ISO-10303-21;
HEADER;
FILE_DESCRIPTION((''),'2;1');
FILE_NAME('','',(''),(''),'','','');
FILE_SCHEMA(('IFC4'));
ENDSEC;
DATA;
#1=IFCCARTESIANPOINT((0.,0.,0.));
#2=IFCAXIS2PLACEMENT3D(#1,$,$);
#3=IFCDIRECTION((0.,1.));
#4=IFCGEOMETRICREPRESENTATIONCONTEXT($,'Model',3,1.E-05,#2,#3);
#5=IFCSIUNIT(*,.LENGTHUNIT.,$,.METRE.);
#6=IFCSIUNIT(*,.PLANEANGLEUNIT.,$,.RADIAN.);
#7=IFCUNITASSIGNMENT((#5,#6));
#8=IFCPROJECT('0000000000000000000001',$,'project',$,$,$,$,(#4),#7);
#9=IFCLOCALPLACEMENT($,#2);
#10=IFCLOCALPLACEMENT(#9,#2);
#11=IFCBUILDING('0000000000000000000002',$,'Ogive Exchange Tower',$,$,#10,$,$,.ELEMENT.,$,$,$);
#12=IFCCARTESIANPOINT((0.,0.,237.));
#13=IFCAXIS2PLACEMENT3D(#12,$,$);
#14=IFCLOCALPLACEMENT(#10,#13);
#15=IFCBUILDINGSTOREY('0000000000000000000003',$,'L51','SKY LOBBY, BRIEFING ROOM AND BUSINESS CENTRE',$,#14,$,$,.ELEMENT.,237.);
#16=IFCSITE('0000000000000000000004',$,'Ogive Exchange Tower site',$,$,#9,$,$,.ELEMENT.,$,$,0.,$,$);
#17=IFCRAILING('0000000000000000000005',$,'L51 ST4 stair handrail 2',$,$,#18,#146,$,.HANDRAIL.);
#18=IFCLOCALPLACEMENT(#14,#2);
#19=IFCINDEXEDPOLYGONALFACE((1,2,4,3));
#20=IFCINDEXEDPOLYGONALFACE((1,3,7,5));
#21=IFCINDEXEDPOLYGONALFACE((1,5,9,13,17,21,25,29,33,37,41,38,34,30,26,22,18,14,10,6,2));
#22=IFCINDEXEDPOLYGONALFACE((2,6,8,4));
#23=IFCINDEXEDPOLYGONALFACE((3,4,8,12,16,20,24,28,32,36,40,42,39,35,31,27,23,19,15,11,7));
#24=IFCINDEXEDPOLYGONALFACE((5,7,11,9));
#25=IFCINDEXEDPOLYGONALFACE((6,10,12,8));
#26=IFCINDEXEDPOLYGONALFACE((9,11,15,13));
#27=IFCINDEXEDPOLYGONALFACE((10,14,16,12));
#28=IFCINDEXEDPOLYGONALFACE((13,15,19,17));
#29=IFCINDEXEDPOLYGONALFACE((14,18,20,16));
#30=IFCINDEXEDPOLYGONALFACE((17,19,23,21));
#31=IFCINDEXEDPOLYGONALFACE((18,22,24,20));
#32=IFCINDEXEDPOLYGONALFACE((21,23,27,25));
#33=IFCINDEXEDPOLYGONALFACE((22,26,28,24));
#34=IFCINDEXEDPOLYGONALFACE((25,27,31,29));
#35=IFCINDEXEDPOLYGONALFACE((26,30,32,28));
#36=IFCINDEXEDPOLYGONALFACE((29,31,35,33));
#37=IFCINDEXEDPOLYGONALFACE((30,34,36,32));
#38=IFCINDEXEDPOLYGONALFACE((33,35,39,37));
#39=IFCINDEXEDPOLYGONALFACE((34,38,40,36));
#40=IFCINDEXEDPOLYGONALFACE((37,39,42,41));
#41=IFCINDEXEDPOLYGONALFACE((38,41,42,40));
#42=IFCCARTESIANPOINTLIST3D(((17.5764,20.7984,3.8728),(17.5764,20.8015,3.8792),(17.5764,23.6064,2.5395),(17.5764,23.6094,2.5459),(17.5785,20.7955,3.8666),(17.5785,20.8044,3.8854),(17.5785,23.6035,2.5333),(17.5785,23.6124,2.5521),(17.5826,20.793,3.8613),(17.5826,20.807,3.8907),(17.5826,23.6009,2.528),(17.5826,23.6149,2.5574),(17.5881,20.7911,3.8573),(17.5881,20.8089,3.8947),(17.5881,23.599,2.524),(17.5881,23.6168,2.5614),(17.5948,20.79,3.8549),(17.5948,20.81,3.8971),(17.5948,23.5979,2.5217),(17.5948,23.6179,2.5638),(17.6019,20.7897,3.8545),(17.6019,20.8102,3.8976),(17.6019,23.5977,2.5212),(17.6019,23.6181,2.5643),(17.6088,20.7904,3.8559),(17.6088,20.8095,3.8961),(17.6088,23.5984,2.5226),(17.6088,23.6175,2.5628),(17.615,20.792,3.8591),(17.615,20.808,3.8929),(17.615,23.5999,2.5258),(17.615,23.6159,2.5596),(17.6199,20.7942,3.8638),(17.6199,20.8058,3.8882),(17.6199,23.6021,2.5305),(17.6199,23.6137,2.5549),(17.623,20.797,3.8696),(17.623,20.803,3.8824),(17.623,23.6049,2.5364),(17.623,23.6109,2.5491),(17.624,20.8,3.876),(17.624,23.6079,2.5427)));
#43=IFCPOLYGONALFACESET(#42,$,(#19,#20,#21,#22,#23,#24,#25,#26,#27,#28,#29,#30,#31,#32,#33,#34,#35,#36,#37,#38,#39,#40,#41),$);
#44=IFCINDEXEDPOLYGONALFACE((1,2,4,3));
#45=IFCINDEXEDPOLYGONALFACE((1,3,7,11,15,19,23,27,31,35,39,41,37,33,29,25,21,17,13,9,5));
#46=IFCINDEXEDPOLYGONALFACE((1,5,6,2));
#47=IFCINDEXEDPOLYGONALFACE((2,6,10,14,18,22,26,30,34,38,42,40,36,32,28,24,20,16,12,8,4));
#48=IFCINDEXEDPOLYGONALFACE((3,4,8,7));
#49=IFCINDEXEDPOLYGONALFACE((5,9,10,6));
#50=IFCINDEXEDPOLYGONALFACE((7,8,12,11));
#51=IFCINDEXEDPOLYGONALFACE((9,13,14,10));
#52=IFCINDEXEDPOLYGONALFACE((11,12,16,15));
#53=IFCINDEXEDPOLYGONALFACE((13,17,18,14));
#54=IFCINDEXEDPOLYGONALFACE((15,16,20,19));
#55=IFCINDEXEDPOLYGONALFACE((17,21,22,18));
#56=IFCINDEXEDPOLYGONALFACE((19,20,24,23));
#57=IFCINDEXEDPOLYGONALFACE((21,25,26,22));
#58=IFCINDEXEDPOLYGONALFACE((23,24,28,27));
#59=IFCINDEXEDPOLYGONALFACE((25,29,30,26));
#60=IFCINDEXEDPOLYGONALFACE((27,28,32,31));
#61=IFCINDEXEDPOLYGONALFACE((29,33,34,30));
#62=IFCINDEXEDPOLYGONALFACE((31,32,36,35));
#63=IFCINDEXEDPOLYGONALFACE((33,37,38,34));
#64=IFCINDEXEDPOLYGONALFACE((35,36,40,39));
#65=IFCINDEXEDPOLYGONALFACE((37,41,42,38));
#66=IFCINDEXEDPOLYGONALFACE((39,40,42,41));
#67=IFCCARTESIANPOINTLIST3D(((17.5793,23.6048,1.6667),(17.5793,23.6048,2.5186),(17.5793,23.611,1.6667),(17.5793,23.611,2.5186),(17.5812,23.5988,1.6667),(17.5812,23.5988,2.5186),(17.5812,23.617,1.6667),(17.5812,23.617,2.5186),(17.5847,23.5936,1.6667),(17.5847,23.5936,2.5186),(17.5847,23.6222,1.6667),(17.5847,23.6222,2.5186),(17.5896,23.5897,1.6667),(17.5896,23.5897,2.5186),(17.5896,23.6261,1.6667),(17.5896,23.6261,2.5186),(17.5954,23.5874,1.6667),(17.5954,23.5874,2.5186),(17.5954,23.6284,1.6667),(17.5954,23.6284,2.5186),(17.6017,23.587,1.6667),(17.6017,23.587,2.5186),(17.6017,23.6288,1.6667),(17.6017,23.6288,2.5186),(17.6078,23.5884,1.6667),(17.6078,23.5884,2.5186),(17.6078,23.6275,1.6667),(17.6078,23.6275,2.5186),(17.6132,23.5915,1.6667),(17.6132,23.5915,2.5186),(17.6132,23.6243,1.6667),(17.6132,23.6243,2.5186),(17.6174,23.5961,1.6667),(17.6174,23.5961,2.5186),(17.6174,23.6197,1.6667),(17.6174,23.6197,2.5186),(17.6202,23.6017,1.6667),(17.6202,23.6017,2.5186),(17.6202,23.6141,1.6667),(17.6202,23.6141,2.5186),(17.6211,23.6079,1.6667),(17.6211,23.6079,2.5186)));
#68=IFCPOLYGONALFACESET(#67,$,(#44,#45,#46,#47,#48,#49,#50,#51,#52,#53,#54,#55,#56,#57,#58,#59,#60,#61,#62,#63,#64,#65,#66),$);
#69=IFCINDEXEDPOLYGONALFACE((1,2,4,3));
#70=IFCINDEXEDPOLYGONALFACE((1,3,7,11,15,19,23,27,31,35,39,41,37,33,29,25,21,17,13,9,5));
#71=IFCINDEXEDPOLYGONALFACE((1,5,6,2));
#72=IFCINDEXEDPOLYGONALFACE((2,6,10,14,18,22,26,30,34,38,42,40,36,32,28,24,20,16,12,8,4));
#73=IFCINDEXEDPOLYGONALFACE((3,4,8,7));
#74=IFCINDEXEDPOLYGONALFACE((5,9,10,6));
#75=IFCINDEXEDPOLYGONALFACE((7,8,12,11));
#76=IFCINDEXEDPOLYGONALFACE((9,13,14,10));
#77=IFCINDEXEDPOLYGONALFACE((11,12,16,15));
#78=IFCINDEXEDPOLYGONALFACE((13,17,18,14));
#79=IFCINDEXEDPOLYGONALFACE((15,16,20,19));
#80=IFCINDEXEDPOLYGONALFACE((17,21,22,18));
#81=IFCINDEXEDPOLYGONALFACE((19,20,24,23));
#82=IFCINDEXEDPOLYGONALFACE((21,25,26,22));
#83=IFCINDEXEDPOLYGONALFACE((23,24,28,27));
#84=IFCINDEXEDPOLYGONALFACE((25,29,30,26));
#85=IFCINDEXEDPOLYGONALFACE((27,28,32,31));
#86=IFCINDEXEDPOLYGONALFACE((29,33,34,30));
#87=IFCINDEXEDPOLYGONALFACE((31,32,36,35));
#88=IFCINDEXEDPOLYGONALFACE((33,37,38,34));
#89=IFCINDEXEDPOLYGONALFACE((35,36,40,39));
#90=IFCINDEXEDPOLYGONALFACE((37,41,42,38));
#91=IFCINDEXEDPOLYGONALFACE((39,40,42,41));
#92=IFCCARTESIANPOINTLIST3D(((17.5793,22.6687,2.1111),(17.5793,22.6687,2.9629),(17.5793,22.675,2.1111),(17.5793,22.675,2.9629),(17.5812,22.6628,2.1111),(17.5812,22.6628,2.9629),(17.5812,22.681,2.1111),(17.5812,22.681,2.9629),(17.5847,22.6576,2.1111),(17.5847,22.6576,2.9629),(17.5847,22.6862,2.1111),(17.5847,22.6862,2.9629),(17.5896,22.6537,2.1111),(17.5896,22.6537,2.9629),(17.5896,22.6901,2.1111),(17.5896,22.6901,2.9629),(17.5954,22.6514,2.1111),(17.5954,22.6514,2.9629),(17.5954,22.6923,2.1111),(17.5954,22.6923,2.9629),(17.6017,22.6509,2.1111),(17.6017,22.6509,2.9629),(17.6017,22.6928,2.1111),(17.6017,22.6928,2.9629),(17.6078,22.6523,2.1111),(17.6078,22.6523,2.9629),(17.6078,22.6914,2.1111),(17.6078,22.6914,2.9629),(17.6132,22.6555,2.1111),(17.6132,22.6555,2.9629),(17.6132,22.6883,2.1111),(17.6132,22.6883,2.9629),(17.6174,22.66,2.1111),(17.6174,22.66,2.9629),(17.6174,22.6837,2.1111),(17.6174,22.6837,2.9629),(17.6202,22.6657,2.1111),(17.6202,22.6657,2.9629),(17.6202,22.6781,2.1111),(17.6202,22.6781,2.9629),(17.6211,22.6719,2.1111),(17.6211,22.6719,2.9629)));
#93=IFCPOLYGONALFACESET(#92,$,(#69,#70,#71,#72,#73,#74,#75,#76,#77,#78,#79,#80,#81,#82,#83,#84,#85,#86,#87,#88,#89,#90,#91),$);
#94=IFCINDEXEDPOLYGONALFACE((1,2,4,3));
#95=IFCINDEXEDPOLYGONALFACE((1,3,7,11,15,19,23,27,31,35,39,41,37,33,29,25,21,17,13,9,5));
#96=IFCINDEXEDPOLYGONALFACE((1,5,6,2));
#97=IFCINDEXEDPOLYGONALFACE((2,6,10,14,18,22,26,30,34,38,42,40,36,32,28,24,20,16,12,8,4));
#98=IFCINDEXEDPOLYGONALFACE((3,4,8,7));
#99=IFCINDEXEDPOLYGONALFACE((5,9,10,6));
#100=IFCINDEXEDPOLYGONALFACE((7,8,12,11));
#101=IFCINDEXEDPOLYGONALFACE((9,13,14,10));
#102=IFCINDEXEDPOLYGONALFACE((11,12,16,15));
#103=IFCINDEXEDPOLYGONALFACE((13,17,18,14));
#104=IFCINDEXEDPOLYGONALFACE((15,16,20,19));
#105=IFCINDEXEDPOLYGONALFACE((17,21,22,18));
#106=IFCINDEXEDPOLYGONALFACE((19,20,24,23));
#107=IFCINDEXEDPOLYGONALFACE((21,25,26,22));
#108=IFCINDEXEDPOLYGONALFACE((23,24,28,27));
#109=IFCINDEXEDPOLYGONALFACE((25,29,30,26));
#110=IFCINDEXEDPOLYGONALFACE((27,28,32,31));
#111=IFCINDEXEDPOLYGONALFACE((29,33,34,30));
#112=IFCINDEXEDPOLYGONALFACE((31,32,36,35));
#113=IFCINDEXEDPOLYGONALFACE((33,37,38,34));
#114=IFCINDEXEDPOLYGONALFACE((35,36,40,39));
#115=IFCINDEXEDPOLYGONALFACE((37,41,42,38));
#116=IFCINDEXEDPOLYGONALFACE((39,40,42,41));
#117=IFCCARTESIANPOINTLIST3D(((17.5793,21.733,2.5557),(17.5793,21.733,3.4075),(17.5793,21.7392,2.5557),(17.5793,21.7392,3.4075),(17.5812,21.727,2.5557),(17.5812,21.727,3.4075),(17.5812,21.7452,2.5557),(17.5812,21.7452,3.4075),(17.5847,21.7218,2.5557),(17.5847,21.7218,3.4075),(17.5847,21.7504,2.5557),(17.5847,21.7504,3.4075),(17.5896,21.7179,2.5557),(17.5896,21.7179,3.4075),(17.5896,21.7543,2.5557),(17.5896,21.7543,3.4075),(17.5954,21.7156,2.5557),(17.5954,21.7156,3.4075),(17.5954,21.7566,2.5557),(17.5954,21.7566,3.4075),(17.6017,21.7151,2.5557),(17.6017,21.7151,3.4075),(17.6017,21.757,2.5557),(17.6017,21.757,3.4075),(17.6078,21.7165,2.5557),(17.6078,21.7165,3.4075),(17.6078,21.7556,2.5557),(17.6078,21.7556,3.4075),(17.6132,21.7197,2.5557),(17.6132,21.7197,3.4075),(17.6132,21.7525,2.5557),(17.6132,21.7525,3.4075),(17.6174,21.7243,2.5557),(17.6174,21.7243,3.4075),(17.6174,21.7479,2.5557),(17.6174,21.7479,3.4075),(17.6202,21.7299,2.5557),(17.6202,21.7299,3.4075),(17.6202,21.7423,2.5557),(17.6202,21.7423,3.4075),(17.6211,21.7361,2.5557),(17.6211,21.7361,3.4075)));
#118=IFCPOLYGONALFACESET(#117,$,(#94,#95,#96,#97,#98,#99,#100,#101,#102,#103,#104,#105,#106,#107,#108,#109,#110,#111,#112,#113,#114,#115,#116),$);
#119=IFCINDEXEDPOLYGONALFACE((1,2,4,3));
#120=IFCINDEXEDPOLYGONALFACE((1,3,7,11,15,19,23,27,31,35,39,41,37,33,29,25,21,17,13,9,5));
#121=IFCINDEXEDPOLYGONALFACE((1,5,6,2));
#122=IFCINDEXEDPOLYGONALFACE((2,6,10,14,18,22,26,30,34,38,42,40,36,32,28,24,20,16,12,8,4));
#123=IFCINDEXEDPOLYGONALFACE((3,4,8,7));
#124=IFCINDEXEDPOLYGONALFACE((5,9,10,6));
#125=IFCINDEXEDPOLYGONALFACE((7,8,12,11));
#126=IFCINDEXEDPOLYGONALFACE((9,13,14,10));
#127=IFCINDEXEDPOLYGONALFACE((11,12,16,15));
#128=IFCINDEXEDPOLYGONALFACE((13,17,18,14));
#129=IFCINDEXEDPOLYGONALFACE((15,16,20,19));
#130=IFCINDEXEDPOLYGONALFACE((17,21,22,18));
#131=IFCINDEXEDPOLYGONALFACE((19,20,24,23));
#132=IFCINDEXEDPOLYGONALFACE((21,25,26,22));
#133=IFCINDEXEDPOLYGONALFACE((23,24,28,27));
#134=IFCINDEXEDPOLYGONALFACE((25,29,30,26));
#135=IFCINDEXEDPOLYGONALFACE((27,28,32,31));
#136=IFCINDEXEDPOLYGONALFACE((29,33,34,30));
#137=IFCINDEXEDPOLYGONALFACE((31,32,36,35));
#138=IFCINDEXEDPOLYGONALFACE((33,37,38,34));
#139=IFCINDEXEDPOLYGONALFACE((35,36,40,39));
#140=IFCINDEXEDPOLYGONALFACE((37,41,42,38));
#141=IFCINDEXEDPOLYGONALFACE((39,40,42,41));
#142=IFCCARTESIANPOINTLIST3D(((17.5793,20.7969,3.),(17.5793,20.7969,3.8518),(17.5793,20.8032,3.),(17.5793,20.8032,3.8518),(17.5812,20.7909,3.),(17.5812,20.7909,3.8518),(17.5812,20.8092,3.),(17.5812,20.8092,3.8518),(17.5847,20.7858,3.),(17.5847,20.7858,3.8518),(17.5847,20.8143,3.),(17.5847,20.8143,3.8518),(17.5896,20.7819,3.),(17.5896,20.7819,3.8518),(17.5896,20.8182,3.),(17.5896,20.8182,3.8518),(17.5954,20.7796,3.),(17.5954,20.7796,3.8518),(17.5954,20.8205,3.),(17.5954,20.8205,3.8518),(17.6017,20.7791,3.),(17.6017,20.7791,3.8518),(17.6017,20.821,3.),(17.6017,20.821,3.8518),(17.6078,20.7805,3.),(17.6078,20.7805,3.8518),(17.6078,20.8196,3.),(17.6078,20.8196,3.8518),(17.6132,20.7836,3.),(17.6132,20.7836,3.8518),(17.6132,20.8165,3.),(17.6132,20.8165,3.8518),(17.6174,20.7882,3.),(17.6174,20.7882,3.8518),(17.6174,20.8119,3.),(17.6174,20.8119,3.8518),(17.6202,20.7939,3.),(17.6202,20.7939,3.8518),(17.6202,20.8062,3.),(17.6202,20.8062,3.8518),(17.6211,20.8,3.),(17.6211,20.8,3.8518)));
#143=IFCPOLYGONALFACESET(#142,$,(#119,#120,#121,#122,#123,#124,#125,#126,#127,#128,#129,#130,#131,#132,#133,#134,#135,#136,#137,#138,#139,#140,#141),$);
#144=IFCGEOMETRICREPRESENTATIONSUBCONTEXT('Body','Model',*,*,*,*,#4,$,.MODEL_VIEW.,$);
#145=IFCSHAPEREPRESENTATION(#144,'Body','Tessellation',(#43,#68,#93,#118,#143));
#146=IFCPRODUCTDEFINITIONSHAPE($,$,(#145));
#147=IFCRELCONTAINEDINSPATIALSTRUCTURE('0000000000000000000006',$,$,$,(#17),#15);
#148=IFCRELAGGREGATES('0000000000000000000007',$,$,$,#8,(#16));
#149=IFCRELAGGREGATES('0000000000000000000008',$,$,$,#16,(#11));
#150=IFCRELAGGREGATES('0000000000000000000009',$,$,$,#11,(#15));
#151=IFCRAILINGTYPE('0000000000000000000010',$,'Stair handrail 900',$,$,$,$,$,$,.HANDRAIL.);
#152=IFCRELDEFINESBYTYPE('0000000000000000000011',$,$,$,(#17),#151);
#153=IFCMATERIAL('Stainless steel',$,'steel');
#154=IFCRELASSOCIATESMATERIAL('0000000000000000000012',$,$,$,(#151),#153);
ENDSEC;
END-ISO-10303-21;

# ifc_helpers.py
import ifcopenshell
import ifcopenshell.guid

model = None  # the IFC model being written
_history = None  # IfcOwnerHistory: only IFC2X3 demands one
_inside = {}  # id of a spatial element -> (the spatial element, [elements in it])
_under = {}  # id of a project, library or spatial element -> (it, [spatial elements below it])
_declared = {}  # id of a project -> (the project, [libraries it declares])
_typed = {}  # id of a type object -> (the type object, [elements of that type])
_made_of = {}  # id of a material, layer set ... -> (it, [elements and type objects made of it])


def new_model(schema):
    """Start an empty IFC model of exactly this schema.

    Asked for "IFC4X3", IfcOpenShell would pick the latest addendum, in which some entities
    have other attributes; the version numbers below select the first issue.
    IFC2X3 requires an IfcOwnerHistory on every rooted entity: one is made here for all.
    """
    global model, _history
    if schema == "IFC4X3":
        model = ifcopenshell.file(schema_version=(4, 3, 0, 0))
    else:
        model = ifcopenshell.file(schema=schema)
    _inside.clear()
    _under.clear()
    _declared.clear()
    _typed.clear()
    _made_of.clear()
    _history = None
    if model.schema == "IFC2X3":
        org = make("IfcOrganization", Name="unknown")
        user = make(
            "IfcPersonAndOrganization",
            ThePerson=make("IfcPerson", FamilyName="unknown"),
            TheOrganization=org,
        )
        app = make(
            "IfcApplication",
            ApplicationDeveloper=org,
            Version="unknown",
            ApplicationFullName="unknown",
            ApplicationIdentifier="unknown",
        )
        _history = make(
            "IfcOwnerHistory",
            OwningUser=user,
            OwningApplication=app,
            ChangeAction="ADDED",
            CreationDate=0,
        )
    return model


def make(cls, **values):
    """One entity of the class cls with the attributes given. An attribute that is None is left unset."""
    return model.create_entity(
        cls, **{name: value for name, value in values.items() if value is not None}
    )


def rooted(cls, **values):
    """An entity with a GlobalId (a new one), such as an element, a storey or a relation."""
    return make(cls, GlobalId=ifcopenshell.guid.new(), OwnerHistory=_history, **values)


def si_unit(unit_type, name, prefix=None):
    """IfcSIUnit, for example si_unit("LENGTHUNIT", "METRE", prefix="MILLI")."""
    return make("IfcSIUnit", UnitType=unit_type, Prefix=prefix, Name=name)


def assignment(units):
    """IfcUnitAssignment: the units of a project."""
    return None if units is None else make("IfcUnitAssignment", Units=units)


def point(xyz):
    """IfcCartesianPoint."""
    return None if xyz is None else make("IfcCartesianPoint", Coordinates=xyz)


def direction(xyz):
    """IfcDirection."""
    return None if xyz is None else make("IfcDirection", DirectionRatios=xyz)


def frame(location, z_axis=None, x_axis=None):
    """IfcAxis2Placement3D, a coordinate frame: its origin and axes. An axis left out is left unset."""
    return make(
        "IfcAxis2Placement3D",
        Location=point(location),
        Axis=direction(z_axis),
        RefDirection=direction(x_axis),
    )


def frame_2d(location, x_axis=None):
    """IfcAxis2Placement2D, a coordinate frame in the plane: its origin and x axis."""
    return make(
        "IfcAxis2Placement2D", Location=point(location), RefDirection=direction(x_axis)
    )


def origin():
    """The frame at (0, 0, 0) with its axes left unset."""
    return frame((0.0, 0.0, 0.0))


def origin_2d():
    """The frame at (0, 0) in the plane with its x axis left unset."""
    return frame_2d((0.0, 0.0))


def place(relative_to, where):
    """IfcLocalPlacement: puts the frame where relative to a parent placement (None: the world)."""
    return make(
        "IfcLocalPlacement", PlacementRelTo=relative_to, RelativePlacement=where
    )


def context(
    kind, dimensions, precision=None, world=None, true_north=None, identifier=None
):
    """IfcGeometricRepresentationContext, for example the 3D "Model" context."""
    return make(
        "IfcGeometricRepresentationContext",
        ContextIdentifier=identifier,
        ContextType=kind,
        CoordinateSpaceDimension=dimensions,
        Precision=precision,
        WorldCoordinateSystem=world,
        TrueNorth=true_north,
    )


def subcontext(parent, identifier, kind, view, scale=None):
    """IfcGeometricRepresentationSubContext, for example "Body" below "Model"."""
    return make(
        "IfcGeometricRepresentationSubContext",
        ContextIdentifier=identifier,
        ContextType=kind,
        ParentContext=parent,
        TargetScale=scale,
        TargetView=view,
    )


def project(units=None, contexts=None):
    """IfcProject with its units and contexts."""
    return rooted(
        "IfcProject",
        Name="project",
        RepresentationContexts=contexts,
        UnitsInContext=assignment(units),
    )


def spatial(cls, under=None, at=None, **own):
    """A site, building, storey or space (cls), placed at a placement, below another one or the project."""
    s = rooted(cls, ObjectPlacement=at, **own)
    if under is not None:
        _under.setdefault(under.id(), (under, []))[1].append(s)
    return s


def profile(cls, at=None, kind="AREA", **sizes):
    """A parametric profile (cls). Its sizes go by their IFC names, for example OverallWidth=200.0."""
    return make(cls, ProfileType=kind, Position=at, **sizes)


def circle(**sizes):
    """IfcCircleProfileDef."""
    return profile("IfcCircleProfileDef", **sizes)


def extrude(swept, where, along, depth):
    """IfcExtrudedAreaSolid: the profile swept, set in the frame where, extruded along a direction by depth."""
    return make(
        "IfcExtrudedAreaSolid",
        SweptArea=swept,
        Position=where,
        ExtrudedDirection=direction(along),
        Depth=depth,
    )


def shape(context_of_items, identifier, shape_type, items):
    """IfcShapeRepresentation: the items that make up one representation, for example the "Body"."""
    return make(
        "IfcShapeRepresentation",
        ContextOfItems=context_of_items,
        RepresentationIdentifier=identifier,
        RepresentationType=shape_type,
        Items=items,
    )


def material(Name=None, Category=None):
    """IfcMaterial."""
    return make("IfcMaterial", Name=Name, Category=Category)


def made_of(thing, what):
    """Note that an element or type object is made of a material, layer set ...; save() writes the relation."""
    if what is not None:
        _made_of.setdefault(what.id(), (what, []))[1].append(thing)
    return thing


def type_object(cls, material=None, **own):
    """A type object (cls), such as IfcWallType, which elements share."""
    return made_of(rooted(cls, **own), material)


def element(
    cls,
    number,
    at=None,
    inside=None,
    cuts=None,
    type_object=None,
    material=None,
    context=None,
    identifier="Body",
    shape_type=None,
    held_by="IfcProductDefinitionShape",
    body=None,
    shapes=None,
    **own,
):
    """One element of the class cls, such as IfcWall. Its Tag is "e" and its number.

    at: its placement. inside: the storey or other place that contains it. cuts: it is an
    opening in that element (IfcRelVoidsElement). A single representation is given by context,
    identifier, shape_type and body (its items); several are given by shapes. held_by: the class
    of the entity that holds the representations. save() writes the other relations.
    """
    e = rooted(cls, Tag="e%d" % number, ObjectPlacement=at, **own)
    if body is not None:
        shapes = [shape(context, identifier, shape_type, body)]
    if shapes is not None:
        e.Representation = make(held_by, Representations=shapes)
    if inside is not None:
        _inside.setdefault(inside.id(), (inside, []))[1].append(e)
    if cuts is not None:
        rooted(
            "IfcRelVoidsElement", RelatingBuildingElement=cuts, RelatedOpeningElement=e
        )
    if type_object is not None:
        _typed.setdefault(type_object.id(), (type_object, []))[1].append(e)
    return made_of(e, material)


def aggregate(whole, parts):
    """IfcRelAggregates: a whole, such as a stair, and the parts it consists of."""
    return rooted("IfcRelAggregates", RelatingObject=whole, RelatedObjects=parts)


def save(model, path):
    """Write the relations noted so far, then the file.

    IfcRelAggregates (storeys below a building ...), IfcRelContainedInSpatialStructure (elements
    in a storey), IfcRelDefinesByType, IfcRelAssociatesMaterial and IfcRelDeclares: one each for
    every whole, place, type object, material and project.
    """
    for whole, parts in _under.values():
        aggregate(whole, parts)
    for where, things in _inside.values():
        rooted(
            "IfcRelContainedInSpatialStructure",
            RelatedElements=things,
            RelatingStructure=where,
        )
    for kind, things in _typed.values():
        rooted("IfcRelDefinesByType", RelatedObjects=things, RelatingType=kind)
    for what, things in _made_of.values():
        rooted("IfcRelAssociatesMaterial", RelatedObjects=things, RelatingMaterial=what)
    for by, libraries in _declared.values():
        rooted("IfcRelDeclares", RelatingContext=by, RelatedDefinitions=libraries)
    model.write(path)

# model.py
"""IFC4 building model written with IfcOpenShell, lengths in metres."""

from ifc_helpers import new_model, si_unit, direction, frame, origin, origin_2d, place, context, subcontext, project, spatial, circle, extrude, material, type_object, element, save


model = new_model("IFC4")

# Units and contexts
model_context = context("Model", 3, precision=1e-05, world=origin(), true_north=direction((0.0, 1.0)))
body_context = subcontext(model_context, "Body", "Model", "MODEL_VIEW")
ifc_project = project(units=[si_unit("LENGTHUNIT", "METRE"), si_unit("PLANEANGLEUNIT", "RADIAN")], contexts=[model_context])

# Site, building, storey
site_placement = place(None, origin())
site = spatial("IfcSite", under=ifc_project, at=site_placement, Name="Ogive Exchange Tower site", CompositionType="ELEMENT", RefElevation=0.0)
building_placement = place(site_placement, origin())
building = spatial("IfcBuilding", under=site, at=building_placement, Name="Ogive Exchange Tower", CompositionType="ELEMENT")
storey_placement = place(building_placement, frame((0.0, 0.0, 237.0)))
storey = spatial("IfcBuildingStorey", under=building, at=storey_placement, Name="L51", Description="SKY LOBBY, BRIEFING ROOM AND BUSINESS CENTRE", CompositionType="ELEMENT", Elevation=237.0)

# Railing
ifc_material_1 = material(Name="Stainless steel", Category="steel")
railing_type = type_object("IfcRailingType", Name="Stair handrail 900", PredefinedType="HANDRAIL", material=ifc_material_1)
railing_1_placement = place(storey_placement, frame((17.6001, 23.6079, 1.6667)))
element("IfcRailing", 1, at=railing_1_placement, inside=storey, type_object=railing_type, Name="L51 ST4 stair handrail 2", PredefinedType="HANDRAIL", context=body_context, shape_type="SweptSolid", body=[
    extrude(circle(Radius=0.0239, at=origin_2d()), frame((0.0, 0.0, 0.876), z_axis=(0.0, -0.903338, 0.42893), x_axis=(1.0, 0.0, 0.0)), (0.0, 0.0, 1.0), 3.1084),
    extrude(circle(Radius=0.021, at=origin_2d()), origin(), (0.0, 0.0, 1.0), 0.8518),
    extrude(circle(Radius=0.021, at=origin_2d()), frame((0.0, -0.936, 0.4443)), (0.0, 0.0, 1.0), 0.8518),
    extrude(circle(Radius=0.021, at=origin_2d()), frame((0.0, -1.8718, 0.8889)), (0.0, 0.0, 1.0), 0.8518),
    extrude(circle(Radius=0.021, at=origin_2d()), frame((0.0, -2.8079, 1.3333)), (0.0, 0.0, 1.0), 0.8518),
])

save(model, "model.ifc")
